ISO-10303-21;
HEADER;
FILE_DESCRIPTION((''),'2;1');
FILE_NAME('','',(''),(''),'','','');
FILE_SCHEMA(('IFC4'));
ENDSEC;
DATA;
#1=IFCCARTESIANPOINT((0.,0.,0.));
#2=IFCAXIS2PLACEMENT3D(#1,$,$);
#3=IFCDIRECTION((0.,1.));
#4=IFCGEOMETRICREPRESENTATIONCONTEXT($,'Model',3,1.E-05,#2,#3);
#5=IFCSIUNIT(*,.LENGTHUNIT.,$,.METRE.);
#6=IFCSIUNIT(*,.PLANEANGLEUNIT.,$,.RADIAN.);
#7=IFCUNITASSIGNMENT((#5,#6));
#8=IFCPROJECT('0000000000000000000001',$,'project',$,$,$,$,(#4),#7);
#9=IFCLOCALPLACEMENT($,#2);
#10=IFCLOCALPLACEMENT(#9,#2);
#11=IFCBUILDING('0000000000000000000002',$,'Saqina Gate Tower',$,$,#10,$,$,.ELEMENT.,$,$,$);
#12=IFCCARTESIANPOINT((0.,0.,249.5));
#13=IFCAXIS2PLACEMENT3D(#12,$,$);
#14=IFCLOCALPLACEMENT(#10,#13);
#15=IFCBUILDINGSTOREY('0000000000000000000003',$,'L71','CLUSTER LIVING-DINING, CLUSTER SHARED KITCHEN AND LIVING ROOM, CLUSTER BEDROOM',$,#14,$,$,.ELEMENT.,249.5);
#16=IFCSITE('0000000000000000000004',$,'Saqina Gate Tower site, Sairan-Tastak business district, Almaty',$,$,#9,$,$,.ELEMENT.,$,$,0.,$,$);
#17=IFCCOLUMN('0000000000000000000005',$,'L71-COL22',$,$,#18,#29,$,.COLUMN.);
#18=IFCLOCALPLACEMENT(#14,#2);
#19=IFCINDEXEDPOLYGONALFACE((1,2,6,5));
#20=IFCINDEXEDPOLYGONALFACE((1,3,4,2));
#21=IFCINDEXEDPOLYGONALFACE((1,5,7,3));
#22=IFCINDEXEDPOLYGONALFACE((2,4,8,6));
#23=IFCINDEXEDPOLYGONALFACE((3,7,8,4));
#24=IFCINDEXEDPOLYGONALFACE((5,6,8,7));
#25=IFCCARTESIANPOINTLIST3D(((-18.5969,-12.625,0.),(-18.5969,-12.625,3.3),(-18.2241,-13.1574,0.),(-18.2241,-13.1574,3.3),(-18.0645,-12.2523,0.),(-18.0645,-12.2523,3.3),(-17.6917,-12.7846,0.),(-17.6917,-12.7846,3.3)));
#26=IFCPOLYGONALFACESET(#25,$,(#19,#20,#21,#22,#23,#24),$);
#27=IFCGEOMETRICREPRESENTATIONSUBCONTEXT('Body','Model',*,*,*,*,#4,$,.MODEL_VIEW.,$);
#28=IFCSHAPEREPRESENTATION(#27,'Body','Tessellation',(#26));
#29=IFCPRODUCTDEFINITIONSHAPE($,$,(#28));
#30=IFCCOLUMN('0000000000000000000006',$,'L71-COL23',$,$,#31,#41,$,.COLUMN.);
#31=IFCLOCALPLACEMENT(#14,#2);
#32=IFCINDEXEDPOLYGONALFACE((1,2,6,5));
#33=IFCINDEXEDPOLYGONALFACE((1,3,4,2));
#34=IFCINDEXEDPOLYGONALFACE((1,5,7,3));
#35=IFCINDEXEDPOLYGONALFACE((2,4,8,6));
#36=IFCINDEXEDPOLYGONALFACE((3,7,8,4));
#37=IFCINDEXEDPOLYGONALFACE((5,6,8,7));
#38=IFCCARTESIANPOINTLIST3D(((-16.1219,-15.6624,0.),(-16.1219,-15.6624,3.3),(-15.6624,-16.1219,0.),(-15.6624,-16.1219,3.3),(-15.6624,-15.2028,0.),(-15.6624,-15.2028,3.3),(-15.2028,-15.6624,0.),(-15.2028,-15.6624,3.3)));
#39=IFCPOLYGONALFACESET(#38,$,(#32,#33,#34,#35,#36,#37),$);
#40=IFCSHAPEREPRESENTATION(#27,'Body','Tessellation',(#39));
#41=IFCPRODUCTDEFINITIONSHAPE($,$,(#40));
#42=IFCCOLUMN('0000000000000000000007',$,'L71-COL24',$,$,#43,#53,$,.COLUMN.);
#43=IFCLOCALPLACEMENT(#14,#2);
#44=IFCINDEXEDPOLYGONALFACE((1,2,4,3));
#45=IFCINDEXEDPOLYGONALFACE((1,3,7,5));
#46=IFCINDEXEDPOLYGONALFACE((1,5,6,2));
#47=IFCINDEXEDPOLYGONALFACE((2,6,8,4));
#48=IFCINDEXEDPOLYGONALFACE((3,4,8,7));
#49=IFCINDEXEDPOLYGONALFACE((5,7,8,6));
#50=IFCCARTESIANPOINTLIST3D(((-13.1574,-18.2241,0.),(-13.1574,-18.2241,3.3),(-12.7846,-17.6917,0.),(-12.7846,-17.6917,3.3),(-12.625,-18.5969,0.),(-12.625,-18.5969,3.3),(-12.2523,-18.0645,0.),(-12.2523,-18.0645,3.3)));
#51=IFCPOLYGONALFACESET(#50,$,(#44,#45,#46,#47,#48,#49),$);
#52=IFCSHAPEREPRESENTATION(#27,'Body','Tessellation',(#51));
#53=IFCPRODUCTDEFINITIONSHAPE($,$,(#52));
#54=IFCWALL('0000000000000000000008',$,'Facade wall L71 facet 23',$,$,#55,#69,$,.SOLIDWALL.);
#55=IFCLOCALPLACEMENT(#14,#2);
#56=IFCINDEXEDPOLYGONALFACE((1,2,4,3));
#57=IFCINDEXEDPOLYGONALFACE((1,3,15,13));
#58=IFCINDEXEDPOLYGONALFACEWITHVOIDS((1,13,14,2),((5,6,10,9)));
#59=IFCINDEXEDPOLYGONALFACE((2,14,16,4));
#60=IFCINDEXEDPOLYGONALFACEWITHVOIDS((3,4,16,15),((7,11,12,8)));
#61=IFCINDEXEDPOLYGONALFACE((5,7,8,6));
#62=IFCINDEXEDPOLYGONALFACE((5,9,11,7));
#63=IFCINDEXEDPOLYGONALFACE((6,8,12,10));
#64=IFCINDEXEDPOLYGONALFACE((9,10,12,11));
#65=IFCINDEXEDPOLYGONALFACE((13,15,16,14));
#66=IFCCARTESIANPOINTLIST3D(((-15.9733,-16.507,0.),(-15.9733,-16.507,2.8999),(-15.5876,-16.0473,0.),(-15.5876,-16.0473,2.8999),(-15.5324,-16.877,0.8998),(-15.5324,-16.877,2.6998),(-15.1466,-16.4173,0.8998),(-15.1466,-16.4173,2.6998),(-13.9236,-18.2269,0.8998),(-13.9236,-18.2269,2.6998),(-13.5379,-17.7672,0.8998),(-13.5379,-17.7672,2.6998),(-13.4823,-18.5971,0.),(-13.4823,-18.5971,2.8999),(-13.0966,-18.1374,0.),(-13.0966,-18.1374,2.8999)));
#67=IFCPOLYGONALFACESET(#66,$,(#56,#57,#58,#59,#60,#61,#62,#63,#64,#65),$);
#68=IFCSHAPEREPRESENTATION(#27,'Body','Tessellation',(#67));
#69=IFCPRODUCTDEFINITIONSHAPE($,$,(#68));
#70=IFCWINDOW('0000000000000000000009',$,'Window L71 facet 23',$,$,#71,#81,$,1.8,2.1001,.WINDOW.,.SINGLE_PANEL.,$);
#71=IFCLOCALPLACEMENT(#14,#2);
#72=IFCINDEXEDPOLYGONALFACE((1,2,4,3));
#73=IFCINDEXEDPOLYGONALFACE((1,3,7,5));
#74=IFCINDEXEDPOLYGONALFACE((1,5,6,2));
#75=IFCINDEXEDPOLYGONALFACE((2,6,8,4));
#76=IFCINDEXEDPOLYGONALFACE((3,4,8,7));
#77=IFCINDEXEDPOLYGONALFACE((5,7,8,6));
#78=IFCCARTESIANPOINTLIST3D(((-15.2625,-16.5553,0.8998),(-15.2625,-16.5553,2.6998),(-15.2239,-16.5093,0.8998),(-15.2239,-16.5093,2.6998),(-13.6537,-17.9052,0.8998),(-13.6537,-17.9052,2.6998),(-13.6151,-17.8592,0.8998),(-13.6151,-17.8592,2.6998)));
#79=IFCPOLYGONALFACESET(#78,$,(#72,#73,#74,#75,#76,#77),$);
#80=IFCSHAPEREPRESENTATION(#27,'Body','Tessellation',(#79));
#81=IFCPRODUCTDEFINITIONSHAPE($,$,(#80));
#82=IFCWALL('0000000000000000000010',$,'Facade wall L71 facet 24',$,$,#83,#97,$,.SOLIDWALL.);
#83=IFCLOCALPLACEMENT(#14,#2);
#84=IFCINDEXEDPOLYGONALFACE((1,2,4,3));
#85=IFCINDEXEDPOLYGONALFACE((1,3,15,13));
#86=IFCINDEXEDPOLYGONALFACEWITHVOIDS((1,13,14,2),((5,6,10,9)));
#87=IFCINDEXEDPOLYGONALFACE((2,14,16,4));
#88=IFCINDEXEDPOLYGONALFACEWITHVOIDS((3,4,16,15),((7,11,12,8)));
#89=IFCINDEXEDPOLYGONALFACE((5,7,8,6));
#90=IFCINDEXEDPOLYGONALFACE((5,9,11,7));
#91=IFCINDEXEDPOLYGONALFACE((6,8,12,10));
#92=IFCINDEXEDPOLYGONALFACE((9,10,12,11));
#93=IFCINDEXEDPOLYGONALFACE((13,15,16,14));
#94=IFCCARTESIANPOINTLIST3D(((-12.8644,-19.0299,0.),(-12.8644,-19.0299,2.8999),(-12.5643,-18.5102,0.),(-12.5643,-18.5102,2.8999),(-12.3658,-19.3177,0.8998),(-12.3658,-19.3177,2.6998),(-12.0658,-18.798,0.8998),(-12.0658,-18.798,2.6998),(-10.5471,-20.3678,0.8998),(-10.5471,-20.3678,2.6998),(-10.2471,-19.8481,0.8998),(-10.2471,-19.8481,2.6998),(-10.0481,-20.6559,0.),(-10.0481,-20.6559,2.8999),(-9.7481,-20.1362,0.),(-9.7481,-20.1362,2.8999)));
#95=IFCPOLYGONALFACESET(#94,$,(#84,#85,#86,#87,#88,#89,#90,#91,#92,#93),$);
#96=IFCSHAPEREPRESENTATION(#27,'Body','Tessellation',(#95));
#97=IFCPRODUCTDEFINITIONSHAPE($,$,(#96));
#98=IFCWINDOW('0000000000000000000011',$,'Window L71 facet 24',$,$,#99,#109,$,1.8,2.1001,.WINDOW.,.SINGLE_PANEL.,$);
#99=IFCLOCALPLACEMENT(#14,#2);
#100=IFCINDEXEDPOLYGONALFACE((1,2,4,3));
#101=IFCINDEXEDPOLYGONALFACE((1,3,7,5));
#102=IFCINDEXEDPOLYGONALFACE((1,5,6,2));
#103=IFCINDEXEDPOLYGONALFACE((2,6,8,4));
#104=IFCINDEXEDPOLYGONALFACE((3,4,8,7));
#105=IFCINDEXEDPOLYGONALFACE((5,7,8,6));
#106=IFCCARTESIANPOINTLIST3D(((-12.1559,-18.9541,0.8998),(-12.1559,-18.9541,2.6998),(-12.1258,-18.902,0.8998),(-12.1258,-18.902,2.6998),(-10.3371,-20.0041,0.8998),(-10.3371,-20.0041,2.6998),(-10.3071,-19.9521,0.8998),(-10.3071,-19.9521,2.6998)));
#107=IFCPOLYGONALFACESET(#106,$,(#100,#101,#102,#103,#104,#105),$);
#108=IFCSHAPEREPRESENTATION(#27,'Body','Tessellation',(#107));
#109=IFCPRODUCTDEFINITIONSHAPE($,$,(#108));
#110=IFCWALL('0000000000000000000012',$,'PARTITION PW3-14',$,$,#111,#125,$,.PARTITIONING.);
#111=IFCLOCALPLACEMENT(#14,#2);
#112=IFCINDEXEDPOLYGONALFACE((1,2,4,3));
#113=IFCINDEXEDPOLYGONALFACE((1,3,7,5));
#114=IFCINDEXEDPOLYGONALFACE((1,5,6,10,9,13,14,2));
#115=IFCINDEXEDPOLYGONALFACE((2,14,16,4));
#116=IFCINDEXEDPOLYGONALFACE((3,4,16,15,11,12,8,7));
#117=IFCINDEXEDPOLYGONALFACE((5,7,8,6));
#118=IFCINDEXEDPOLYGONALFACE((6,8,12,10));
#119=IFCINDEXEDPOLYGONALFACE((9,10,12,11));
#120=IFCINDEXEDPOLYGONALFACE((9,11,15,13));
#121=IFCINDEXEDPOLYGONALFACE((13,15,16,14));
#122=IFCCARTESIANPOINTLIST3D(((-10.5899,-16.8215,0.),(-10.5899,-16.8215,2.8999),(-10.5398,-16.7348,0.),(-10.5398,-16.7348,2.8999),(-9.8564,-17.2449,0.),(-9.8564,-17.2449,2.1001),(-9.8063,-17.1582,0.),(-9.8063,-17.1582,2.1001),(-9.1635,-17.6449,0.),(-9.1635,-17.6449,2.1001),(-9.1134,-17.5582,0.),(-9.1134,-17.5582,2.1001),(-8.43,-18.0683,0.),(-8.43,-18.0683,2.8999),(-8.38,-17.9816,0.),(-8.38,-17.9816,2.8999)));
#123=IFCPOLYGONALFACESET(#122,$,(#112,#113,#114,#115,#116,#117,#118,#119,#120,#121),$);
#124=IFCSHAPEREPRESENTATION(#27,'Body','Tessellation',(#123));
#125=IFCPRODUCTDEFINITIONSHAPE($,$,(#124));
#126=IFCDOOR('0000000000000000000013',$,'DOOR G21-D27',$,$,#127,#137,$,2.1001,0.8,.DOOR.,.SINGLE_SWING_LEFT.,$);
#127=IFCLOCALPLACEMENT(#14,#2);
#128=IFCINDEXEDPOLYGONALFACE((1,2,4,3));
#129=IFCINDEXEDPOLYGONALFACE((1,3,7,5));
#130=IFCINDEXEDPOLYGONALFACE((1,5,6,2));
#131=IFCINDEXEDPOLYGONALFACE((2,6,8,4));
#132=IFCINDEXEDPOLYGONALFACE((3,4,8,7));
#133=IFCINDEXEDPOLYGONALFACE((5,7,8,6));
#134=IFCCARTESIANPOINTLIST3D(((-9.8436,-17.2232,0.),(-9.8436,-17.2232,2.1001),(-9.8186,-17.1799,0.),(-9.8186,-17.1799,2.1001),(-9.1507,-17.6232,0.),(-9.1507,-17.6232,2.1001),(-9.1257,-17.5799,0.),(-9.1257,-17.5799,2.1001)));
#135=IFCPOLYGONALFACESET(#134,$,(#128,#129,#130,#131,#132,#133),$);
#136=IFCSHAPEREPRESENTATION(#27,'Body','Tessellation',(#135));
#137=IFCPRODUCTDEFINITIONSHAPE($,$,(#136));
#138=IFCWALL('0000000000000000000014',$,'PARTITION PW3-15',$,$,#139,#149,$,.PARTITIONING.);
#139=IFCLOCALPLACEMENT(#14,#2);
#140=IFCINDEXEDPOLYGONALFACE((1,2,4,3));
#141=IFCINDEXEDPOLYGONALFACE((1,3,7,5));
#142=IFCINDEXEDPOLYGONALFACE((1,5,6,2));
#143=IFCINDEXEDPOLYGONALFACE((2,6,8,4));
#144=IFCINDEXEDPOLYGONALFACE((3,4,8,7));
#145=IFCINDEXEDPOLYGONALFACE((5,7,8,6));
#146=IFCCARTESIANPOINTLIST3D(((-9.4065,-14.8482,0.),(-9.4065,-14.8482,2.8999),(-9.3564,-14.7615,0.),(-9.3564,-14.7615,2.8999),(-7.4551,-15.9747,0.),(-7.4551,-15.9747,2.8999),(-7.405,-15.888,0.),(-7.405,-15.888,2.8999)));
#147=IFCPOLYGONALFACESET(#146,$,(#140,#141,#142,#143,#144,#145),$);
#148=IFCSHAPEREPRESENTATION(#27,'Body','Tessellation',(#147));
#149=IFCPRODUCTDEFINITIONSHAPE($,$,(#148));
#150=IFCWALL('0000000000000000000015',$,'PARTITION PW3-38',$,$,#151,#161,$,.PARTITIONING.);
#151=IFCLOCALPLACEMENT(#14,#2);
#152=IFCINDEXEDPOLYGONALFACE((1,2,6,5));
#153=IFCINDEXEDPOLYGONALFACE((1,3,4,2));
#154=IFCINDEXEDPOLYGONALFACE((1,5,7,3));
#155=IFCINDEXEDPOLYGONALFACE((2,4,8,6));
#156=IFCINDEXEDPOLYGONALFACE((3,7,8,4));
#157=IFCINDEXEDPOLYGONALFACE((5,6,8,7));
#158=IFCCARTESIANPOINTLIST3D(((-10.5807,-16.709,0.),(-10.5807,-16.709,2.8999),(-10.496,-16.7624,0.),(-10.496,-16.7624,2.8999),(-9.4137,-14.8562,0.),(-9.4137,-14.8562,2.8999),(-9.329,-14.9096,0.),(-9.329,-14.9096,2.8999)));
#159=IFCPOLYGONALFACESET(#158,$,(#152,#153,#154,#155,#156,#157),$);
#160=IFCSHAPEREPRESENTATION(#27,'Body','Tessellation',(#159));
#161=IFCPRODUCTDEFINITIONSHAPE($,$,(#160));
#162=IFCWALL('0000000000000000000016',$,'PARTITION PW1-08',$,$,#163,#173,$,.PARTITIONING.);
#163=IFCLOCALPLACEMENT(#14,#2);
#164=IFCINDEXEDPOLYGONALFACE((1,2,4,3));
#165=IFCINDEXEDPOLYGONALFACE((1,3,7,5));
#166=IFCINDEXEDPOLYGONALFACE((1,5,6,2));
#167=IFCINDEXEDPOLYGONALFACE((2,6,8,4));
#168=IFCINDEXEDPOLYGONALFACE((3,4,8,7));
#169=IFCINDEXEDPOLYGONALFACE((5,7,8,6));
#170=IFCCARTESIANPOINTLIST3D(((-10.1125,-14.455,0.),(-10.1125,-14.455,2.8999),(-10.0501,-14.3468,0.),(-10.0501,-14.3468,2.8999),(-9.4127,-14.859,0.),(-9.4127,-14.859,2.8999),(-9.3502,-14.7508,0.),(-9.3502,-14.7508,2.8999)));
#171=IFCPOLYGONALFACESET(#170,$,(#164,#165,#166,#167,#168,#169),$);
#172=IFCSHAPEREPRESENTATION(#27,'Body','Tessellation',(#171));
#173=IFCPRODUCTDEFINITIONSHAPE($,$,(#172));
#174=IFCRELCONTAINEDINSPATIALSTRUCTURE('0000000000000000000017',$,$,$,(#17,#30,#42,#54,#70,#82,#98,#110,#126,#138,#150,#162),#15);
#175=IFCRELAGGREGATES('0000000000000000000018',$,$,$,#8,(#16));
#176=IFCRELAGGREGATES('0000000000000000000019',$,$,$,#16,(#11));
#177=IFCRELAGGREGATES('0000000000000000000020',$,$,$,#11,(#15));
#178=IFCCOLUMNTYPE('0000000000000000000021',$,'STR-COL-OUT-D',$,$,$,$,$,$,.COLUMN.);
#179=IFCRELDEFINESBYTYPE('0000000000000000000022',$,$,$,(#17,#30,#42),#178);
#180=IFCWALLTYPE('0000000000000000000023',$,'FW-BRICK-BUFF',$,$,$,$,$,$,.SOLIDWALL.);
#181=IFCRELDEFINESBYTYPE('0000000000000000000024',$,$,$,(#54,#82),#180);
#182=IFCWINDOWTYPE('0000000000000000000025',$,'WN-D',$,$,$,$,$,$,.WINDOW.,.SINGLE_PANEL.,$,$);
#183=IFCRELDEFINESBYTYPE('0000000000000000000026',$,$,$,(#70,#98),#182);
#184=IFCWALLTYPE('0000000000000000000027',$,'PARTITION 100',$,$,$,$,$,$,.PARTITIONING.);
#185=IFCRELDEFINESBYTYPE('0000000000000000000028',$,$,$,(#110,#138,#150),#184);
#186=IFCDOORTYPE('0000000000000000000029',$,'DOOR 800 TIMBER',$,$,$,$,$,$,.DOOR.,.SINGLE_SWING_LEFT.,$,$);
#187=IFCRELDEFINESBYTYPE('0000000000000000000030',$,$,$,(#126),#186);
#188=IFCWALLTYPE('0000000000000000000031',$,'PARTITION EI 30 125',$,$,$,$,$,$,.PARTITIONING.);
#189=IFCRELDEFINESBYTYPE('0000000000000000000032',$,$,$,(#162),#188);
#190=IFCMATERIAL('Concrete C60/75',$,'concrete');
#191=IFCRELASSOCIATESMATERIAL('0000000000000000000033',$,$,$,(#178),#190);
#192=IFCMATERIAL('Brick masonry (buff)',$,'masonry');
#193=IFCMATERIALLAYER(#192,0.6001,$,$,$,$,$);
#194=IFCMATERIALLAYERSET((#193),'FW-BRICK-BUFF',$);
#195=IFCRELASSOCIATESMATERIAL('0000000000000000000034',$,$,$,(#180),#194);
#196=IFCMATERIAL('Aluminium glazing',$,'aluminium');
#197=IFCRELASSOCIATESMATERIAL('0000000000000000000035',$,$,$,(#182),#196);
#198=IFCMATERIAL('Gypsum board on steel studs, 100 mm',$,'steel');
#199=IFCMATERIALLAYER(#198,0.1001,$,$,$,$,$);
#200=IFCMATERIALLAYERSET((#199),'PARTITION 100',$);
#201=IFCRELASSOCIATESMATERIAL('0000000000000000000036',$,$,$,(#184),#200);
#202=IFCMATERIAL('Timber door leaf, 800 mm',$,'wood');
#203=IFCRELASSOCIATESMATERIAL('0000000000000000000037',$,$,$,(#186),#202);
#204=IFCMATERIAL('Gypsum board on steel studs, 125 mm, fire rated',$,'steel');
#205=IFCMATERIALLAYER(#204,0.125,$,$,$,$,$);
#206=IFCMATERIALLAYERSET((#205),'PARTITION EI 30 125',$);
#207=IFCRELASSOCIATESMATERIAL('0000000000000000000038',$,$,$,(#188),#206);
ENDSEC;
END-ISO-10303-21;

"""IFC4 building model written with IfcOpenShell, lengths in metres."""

from ifc_helpers import new_model, si_unit, direction, frame, frame_2d, origin, origin_2d, place, context, subcontext, project, spatial, rectangle, extrude, material, layer, layer_set, material_profile, profile_set, type_object, element, fill, save


model = new_model("IFC4")

# Units and contexts
model_context = context("Model", 3, precision=1e-05, world=origin(), true_north=direction((0.0, 1.0)))
body_context = subcontext(model_context, "Body", "Model", "MODEL_VIEW")
ifc_project = project(units=[si_unit("LENGTHUNIT", "METRE"), si_unit("PLANEANGLEUNIT", "RADIAN")], contexts=[model_context])

# Site, building, storey
site_placement = place(None, origin())
site = spatial("IfcSite", under=ifc_project, at=site_placement, Name="Saqina Gate Tower site, Sairan-Tastak business district, Almaty", CompositionType="ELEMENT", RefElevation=0.0)
building_placement = place(site_placement, origin())
building = spatial("IfcBuilding", under=site, at=building_placement, Name="Saqina Gate Tower", CompositionType="ELEMENT")
storey_placement = place(building_placement, frame((0.0, 0.0, 249.5)))
storey = spatial("IfcBuildingStorey", under=building, at=storey_placement, Name="L71", Description="CLUSTER LIVING-DINING, CLUSTER SHARED KITCHEN AND LIVING ROOM, CLUSTER BEDROOM", CompositionType="ELEMENT", Elevation=249.5)

# Columns
ifc_material_1 = material(Name="Concrete C60/75", Category="concrete")
ifc_material_profile = material_profile(ifc_material_1, rectangle(XDim=0.6499, YDim=0.6499, at=origin_2d()), Name="RC 650x650")
ifc_profile_set = profile_set([ifc_material_profile], Name="Concrete C60/75")
column_type = type_object("IfcColumnType", Name="STR-COL-OUT-D", PredefinedType="COLUMN", material=ifc_profile_set)
for number, where, z_axis, x_axis, name in (
    (1, (-18.1443, -12.7048, 0.0), (0.0, 0.0, 1.0), (-0.819152, -0.573576, 0.0), "L71-COL22"),
    (2, (-15.6624, -15.6624, 0.0), (0.0, 0.0, 1.0), (-0.707107, -0.707107, 0.0), "L71-COL23"),
    (3, (-12.7048, -18.1443, 0.0), (0.0, 0.0, 1.0), (-0.573576, -0.819152, 0.0), "L71-COL24"),
):
    element("IfcColumn", number, at=place(storey_placement, frame(where, z_axis=z_axis, x_axis=x_axis)), inside=storey, type_object=column_type, Name=name, PredefinedType="COLUMN", context=body_context, shape_type="SweptSolid", body=[
        extrude(rectangle(XDim=0.6499, YDim=0.6499, at=origin_2d()), origin(), (0.0, 0.0, 1.0), 3.3),
    ])

# Shared definitions
ifc_material_2 = material(Name="Brick masonry (buff)", Category="masonry")
ifc_layer_1 = layer(ifc_material_2, 0.6001)
ifc_layer_set_1 = layer_set([ifc_layer_1], Name="FW-BRICK-BUFF")
wall_type_1 = type_object("IfcWallType", Name="FW-BRICK-BUFF", PredefinedType="SOLIDWALL", material=ifc_layer_set_1)

# Walls, openings, windows
wall_1_placement = place(storey_placement, frame((-15.7805, -16.2771, 0.0), z_axis=(0.0, 0.0, 1.0), x_axis=(0.766057, -0.642773, 0.0)))
wall_1 = element("IfcWall", 4, at=wall_1_placement, inside=storey, type_object=wall_type_1, Name="Facade wall L71 facet 23", PredefinedType="SOLIDWALL", context=body_context, shape_type="SweptSolid", body=[
    extrude(rectangle(XDim=3.2517, YDim=0.6001, at=frame_2d((1.626, 0.0))), origin(), (0.0, 0.0, 1.0), 2.8999),
])
opening_1_placement = place(wall_1_placement, frame((0.5757, 0.0, 0.8999)))
opening_1 = element("IfcOpeningElement", 5, at=opening_1_placement, cuts=wall_1, PredefinedType="OPENING", context=body_context, shape_type="SweptSolid", body=[
    extrude(rectangle(XDim=2.1001, YDim=1.8, at=frame_2d((1.05, 0.8999))), frame((0.0, 0.312, 0.0), z_axis=(0.0, -1.0, 0.0), x_axis=(1.0, 0.0, 0.0)), (0.0, 0.0, 1.0), 0.624),
])
ifc_material_3 = material(Name="Aluminium glazing", Category="aluminium")
window_type = type_object("IfcWindowType", Name="WN-D", PartitioningType="SINGLE_PANEL", PredefinedType="WINDOW", material=ifc_material_3)
window_1_placement = place(opening_1_placement, origin())
window_1 = element("IfcWindow", 6, at=window_1_placement, inside=storey, type_object=window_type, Name="Window L71 facet 23", OverallHeight=1.8, OverallWidth=2.1001, PartitioningType="SINGLE_PANEL", PredefinedType="WINDOW", context=body_context, shape_type="SweptSolid", body=[
    extrude(rectangle(XDim=2.1001, YDim=1.8, at=frame_2d((1.05, 0.8999))), frame((0.0, 0.1799, 0.0), z_axis=(0.0, -1.0, 0.0), x_axis=(1.0, 0.0, 0.0)), (0.0, 0.0, 1.0), 0.0601),
])
fill(opening_1, window_1)
wall_2_placement = place(storey_placement, frame((-12.7144, -18.77, 0.0), z_axis=(0.0, 0.0, 1.0), x_axis=(0.866017, -0.500015, 0.0)))
wall_2 = element("IfcWall", 7, at=wall_2_placement, inside=storey, type_object=wall_type_1, Name="Facade wall L71 facet 24", PredefinedType="SOLIDWALL", context=body_context, shape_type="SweptSolid", body=[
    extrude(rectangle(XDim=3.252, YDim=0.6001, at=frame_2d((1.626, 0.0))), origin(), (0.0, 0.0, 1.0), 2.8999),
])
opening_2_placement = place(wall_2_placement, frame((0.5757, 0.0, 0.8999)))
opening_2 = element("IfcOpeningElement", 8, at=opening_2_placement, cuts=wall_2, PredefinedType="OPENING", context=body_context, shape_type="SweptSolid", body=[
    extrude(rectangle(XDim=2.1001, YDim=1.8, at=frame_2d((1.05, 0.8999))), frame((0.0, 0.312, 0.0), z_axis=(0.0, -1.0, 0.0), x_axis=(1.0, 0.0, 0.0)), (0.0, 0.0, 1.0), 0.624),
])
window_2_placement = place(opening_2_placement, origin())
window_2 = element("IfcWindow", 9, at=window_2_placement, inside=storey, type_object=window_type, Name="Window L71 facet 24", OverallHeight=1.8, OverallWidth=2.1001, PartitioningType="SINGLE_PANEL", PredefinedType="WINDOW", context=body_context, shape_type="SweptSolid", body=[
    extrude(rectangle(XDim=2.1001, YDim=1.8, at=frame_2d((1.05, 0.8999))), frame((0.0, 0.1799, 0.0), z_axis=(0.0, -1.0, 0.0), x_axis=(1.0, 0.0, 0.0)), (0.0, 0.0, 1.0), 0.0601),
])
fill(opening_2, window_2)

# Wall, opening, door
ifc_material_4 = material(Name="Gypsum board on steel studs, 100 mm", Category="steel")
ifc_layer_2 = layer(ifc_material_4, 0.1001)
ifc_layer_set_2 = layer_set([ifc_layer_2], Name="PARTITION 100")
wall_type_2 = type_object("IfcWallType", Name="PARTITION 100", PredefinedType="PARTITIONING", material=ifc_layer_set_2)
wall_3_placement = place(storey_placement, frame((-10.5649, -16.7781, 0.0), z_axis=(0.0, 0.0, 1.0), x_axis=(0.86606, -0.49994, 0.0)))
wall_3 = element("IfcWall", 10, at=wall_3_placement, inside=storey, type_object=wall_type_2, Name="PARTITION PW3-14", PredefinedType="PARTITIONING", context=body_context, shape_type="SweptSolid", body=[
    extrude(rectangle(XDim=2.4939, YDim=0.1001, at=frame_2d((1.2471, 0.0))), origin(), (0.0, 0.0, 1.0), 2.8999),
])
opening_3_placement = place(wall_3_placement, frame((0.8472, 0.0, 0.0)))
opening_3 = element("IfcOpeningElement", 11, at=opening_3_placement, cuts=wall_3, PredefinedType="OPENING", context=body_context, shape_type="SweptSolid", body=[
    extrude(rectangle(XDim=0.8, YDim=2.1001, at=frame_2d((0.3999, 1.05))), frame((0.0, 0.062, 0.0), z_axis=(0.0, -1.0, 0.0), x_axis=(1.0, 0.0, 0.0)), (0.0, 0.0, 1.0), 0.124),
])
ifc_material_5 = material(Name="Timber door leaf, 800 mm", Category="wood")
door_type_1 = type_object("IfcDoorType", Name="DOOR 800 TIMBER", OperationType="SINGLE_SWING_LEFT", PredefinedType="DOOR", material=ifc_material_5)
door_1_placement = place(opening_3_placement, frame((0.8, 0.0, 0.0), z_axis=(0.0, 0.0, 1.0), x_axis=(-1.0, 0.0, 0.0)))
door_1 = element("IfcDoor", 12, at=door_1_placement, inside=storey, type_object=door_type_1, Name="DOOR G21-D27", OperationType="SINGLE_SWING_LEFT", OverallHeight=2.1001, OverallWidth=0.8, PredefinedType="DOOR", context=body_context, shape_type="SweptSolid", body=[
    extrude(rectangle(XDim=0.8, YDim=2.1001, at=frame_2d((0.3999, 1.05))), frame((0.0, 0.0249, 0.0), z_axis=(0.0, -1.0, 0.0), x_axis=(1.0, 0.0, 0.0)), (0.0, 0.0, 1.0), 0.05),
])
fill(opening_3, door_1)

# Walls
wall_4_placement = place(storey_placement, frame((-9.3813, -14.8049, 0.0), z_axis=(0.0, 0.0, 1.0), x_axis=(0.866061, -0.499938, 0.0)))
element("IfcWall", 13, at=wall_4_placement, inside=storey, type_object=wall_type_2, Name="PARTITION PW3-15", PredefinedType="PARTITIONING", context=body_context, shape_type="SweptSolid", body=[
    extrude(rectangle(XDim=2.2532, YDim=0.1001, at=frame_2d((1.1265, 0.0))), origin(), (0.0, 0.0, 1.0), 2.8999),
])
wall_5_placement = place(storey_placement, frame((-10.5383, -16.7356, 0.0), z_axis=(0.0, 0.0, 1.0), x_axis=(0.532952, 0.846145, 0.0)))
element("IfcWall", 14, at=wall_5_placement, inside=storey, type_object=wall_type_2, Name="PARTITION PW3-38", PredefinedType="PARTITIONING", context=body_context, shape_type="SweptSolid", body=[
    extrude(rectangle(XDim=2.1897, YDim=0.1001, at=frame_2d((1.0947, 0.0))), origin(), (0.0, 0.0, 1.0), 2.8999),
])
ifc_material_6 = material(Name="Gypsum board on steel studs, 125 mm, fire rated", Category="steel")
ifc_layer_3 = layer(ifc_material_6, 0.125)
ifc_layer_set_3 = layer_set([ifc_layer_3], Name="PARTITION EI 30 125")
wall_type_3 = type_object("IfcWallType", Name="PARTITION EI 30 125", PredefinedType="PARTITIONING", material=ifc_layer_set_3)
wall_6_placement = place(storey_placement, frame((-10.0813, -14.4009, 0.0), z_axis=(0.0, 0.0, 1.0), x_axis=(0.86606, -0.49994, 0.0)))
element("IfcWall", 15, at=wall_6_placement, inside=storey, type_object=wall_type_3, Name="PARTITION PW1-08", PredefinedType="PARTITIONING", context=body_context, shape_type="SweptSolid", body=[
    extrude(rectangle(XDim=0.8081, YDim=0.125, at=frame_2d((0.4041, 0.0))), origin(), (0.0, 0.0, 1.0), 2.8999),
])

save(model, "model.ifc")
